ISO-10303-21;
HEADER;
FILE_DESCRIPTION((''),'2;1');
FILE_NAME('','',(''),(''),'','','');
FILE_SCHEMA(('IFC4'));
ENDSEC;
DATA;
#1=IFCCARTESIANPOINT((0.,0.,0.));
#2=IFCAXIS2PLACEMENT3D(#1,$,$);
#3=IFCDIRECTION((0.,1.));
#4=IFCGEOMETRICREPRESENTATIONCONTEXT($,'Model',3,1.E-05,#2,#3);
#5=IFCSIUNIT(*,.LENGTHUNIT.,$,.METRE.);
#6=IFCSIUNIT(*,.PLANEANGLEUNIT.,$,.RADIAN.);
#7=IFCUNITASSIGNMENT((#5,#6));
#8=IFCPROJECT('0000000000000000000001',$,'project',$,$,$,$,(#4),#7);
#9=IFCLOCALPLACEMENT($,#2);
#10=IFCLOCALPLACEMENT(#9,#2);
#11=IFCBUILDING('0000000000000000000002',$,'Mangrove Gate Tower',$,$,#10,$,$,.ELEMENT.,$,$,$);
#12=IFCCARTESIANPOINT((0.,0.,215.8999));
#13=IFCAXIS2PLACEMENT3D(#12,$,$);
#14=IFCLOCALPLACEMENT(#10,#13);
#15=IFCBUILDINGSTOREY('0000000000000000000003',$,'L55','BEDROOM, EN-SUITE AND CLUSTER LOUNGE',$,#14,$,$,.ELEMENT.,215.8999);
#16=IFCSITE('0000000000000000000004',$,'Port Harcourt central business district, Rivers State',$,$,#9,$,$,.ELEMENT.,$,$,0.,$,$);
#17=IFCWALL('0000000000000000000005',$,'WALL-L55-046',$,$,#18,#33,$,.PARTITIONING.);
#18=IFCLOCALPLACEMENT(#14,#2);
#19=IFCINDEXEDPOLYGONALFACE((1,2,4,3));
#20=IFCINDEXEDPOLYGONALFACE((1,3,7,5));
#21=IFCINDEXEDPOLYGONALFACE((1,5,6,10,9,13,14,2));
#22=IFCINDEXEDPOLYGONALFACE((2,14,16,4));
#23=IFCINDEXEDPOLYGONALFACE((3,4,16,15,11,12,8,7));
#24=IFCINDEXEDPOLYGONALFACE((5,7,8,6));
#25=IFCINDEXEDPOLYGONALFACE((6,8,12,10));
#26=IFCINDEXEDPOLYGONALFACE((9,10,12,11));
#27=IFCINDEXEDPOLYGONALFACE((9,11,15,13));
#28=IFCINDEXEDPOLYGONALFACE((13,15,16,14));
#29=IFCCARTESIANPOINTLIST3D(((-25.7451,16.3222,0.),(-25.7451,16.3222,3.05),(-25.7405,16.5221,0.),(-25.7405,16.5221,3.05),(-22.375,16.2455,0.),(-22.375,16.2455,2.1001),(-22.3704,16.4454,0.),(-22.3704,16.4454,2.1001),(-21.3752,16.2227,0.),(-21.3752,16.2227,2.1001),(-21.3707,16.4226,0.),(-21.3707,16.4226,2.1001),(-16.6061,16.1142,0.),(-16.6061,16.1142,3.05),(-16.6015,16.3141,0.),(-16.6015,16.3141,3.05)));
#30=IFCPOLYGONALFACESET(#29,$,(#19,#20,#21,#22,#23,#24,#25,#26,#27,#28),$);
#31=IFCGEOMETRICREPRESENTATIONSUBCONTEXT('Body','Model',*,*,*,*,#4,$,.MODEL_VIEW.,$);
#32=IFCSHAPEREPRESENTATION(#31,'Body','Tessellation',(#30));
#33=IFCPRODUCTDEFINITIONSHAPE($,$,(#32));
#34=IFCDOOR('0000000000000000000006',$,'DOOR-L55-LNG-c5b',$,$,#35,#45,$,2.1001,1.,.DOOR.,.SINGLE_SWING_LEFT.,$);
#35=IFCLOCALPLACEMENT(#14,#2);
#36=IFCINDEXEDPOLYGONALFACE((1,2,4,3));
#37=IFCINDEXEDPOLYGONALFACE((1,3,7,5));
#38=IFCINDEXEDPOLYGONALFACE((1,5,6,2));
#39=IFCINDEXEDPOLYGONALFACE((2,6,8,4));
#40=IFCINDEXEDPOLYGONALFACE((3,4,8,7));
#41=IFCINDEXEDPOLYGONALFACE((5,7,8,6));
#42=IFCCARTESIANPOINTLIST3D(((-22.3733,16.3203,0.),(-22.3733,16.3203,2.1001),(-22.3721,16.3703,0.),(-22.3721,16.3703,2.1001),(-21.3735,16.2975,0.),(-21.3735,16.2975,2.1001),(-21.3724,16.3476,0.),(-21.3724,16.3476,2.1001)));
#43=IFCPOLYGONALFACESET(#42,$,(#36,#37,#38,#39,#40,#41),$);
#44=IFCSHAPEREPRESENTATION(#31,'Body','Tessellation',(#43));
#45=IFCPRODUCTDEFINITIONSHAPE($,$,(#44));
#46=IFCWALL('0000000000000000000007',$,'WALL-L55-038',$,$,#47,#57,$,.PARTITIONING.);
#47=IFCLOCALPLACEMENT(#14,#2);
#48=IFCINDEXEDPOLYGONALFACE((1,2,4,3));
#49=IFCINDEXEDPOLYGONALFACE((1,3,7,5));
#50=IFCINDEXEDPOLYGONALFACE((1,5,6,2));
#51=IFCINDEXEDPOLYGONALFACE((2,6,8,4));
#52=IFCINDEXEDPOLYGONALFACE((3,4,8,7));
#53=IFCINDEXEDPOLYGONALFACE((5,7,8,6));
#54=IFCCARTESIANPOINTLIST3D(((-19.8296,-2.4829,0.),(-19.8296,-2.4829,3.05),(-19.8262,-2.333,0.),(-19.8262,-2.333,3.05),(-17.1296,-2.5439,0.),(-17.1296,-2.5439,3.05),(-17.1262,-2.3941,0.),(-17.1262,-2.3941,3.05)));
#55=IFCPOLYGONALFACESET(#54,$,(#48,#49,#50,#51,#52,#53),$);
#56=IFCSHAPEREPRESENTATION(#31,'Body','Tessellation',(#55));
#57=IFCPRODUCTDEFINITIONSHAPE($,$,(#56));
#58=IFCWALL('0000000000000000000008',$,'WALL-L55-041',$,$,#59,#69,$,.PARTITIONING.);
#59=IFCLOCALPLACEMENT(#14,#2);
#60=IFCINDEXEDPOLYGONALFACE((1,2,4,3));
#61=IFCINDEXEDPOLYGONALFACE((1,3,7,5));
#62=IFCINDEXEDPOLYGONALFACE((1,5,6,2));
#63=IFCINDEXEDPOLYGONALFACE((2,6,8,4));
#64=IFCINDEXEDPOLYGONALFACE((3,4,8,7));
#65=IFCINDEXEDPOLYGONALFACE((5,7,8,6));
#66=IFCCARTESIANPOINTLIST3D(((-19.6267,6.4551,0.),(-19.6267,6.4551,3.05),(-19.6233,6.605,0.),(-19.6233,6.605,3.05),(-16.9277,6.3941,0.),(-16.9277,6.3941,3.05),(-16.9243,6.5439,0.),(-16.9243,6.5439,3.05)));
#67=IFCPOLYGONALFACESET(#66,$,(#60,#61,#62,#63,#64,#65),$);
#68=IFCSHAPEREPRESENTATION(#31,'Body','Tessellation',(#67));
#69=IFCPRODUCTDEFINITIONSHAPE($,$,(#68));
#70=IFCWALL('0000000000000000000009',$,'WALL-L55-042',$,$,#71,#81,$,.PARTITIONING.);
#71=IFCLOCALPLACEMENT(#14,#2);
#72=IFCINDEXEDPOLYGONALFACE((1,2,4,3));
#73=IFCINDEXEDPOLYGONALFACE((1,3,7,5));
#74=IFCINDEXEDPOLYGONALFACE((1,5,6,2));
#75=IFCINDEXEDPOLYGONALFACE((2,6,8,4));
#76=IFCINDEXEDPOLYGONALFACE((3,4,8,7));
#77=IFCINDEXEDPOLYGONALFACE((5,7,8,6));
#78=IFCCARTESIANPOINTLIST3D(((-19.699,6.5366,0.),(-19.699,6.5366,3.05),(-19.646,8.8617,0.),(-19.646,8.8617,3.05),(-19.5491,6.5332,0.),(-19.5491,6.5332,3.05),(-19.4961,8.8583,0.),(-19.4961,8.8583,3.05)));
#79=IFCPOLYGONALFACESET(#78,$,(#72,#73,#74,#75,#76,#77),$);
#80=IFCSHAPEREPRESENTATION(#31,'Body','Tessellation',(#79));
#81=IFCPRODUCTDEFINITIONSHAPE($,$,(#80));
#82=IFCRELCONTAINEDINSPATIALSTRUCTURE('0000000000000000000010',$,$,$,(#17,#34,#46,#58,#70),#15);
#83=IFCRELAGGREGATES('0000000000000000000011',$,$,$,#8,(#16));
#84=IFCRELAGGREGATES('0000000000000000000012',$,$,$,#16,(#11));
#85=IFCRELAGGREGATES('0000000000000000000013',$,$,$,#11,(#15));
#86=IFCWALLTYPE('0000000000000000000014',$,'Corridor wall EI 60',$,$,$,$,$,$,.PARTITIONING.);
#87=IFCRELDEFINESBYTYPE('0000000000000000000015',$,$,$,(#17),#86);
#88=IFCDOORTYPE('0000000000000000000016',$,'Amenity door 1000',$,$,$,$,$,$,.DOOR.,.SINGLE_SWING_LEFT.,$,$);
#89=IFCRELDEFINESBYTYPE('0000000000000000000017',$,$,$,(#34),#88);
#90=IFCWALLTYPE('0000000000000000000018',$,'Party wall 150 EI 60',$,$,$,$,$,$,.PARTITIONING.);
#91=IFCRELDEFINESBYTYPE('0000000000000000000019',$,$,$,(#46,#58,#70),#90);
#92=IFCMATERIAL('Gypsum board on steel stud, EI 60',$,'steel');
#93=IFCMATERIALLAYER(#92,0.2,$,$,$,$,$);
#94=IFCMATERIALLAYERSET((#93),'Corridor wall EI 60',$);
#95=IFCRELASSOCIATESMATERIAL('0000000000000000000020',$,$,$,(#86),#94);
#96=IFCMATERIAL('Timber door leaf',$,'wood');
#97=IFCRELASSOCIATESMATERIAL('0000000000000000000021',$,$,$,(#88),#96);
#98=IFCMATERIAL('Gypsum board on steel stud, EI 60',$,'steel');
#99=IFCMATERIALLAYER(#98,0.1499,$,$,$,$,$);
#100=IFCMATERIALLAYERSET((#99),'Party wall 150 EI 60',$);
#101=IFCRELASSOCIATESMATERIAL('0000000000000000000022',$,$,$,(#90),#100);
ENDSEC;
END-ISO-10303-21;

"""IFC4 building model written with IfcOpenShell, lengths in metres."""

from ifc_helpers import new_model, si_unit, direction, frame, frame_2d, origin, place, context, subcontext, project, spatial, rectangle, extrude, material, layer, layer_set, type_object, element, fill, save


model = new_model("IFC4")

# Units and contexts
model_context = context("Model", 3, precision=1e-05, world=origin(), true_north=direction((0.0, 1.0)))
body_context = subcontext(model_context, "Body", "Model", "MODEL_VIEW")
ifc_project = project(units=[si_unit("LENGTHUNIT", "METRE"), si_unit("PLANEANGLEUNIT", "RADIAN")], contexts=[model_context])

# Site, building, storey
site_placement = place(None, origin())
site = spatial("IfcSite", under=ifc_project, at=site_placement, Name="Port Harcourt central business district, Rivers State", CompositionType="ELEMENT", RefElevation=0.0)
building_placement = place(site_placement, origin())
building = spatial("IfcBuilding", under=site, at=building_placement, Name="Mangrove Gate Tower", CompositionType="ELEMENT")
storey_placement = place(building_placement, frame((0.0, 0.0, 215.8999)))
storey = spatial("IfcBuildingStorey", under=building, at=storey_placement, Name="L55", Description="BEDROOM, EN-SUITE AND CLUSTER LOUNGE", CompositionType="ELEMENT", Elevation=215.8999)

# Wall, opening, door
ifc_material_1 = material(Name="Gypsum board on steel stud, EI 60", Category="steel")
ifc_layer_1 = layer(ifc_material_1, 0.2)
ifc_layer_set_1 = layer_set([ifc_layer_1], Name="Corridor wall EI 60")
wall_type_1 = type_object("IfcWallType", Name="Corridor wall EI 60", PredefinedType="PARTITIONING", material=ifc_layer_set_1)
wall_1_placement = place(storey_placement, frame((-25.7429, 16.4221, 0.0), z_axis=(0.0, 0.0, 1.0), x_axis=(0.999741, -0.022755, 0.0)))
wall_1 = element("IfcWall", 1, at=wall_1_placement, inside=storey, type_object=wall_type_1, Name="WALL-L55-046", PredefinedType="PARTITIONING", context=body_context, shape_type="SweptSolid", body=[
    extrude(rectangle(XDim=9.1414, YDim=0.2, at=frame_2d((4.5708, 0.0))), origin(), (0.0, 0.0, 1.0), 3.05),
])
opening_1_placement = place(wall_1_placement, frame((3.3711, 0.0, 0.0)))
opening_1 = element("IfcOpeningElement", 2, at=opening_1_placement, cuts=wall_1, PredefinedType="OPENING", context=body_context, shape_type="SweptSolid", body=[
    extrude(rectangle(XDim=1.0, YDim=2.1001, at=frame_2d((0.5, 1.05))), frame((0.0, 0.1099, 0.0), z_axis=(0.0, -1.0, 0.0), x_axis=(1.0, 0.0, 0.0)), (0.0, 0.0, 1.0), 0.22),
])
ifc_material_2 = material(Name="Timber door leaf", Category="wood")
door_type_1 = type_object("IfcDoorType", Name="Amenity door 1000", OperationType="SINGLE_SWING_LEFT", PredefinedType="DOOR", material=ifc_material_2)
door_1_placement = place(opening_1_placement, origin())
door_1 = element("IfcDoor", 3, at=door_1_placement, inside=storey, type_object=door_type_1, Name="DOOR-L55-LNG-c5b", OperationType="SINGLE_SWING_LEFT", OverallHeight=2.1001, OverallWidth=1.0, PredefinedType="DOOR", context=body_context, shape_type="SweptSolid", body=[
    extrude(rectangle(XDim=1.0, YDim=2.1001, at=frame_2d((0.5, 1.05))), frame((0.0, 0.0249, 0.0), z_axis=(0.0, -1.0, 0.0), x_axis=(1.0, 0.0, 0.0)), (0.0, 0.0, 1.0), 0.05),
])
fill(opening_1, door_1)

# Walls
ifc_material_3 = material(Name="Gypsum board on steel stud, EI 60", Category="steel")
ifc_layer_2 = layer(ifc_material_3, 0.1499)
ifc_layer_set_2 = layer_set([ifc_layer_2], Name="Party wall 150 EI 60")
wall_type_2 = type_object("IfcWallType", Name="Party wall 150 EI 60", PredefinedType="PARTITIONING", material=ifc_layer_set_2)
wall_2_placement = place(storey_placement, frame((-19.8279, -2.408, 0.0), z_axis=(0.0, 0.0, 1.0), x_axis=(0.999745, -0.0226, 0.0)))
element("IfcWall", 4, at=wall_2_placement, inside=storey, type_object=wall_type_2, Name="WALL-L55-038", PredefinedType="PARTITIONING", context=body_context, shape_type="SweptSolid", body=[
    extrude(rectangle(XDim=2.7007, YDim=0.1499, at=frame_2d((1.3503, 0.0))), origin(), (0.0, 0.0, 1.0), 3.05),
])
wall_3_placement = place(storey_placement, frame((-19.625, 6.53, 0.0), z_axis=(0.0, 0.0, 1.0), x_axis=(0.999744, -0.022608, 0.0)))
element("IfcWall", 5, at=wall_3_placement, inside=storey, type_object=wall_type_2, Name="WALL-L55-041", PredefinedType="PARTITIONING", context=body_context, shape_type="SweptSolid", body=[
    extrude(rectangle(XDim=2.6997, YDim=0.1499, at=frame_2d((1.3499, 0.0))), origin(), (0.0, 0.0, 1.0), 3.05),
])
wall_4_placement = place(storey_placement, frame((-19.624, 6.5349, 0.0), z_axis=(0.0, 0.0, 1.0), x_axis=(0.022779, 0.999741, 0.0)))
element("IfcWall", 6, at=wall_4_placement, inside=storey, type_object=wall_type_2, Name="WALL-L55-042", PredefinedType="PARTITIONING", context=body_context, shape_type="SweptSolid", body=[
    extrude(rectangle(XDim=2.3257, YDim=0.1499, at=frame_2d((1.1628, 0.0))), origin(), (0.0, 0.0, 1.0), 3.05),
])

save(model, "model.ifc")
